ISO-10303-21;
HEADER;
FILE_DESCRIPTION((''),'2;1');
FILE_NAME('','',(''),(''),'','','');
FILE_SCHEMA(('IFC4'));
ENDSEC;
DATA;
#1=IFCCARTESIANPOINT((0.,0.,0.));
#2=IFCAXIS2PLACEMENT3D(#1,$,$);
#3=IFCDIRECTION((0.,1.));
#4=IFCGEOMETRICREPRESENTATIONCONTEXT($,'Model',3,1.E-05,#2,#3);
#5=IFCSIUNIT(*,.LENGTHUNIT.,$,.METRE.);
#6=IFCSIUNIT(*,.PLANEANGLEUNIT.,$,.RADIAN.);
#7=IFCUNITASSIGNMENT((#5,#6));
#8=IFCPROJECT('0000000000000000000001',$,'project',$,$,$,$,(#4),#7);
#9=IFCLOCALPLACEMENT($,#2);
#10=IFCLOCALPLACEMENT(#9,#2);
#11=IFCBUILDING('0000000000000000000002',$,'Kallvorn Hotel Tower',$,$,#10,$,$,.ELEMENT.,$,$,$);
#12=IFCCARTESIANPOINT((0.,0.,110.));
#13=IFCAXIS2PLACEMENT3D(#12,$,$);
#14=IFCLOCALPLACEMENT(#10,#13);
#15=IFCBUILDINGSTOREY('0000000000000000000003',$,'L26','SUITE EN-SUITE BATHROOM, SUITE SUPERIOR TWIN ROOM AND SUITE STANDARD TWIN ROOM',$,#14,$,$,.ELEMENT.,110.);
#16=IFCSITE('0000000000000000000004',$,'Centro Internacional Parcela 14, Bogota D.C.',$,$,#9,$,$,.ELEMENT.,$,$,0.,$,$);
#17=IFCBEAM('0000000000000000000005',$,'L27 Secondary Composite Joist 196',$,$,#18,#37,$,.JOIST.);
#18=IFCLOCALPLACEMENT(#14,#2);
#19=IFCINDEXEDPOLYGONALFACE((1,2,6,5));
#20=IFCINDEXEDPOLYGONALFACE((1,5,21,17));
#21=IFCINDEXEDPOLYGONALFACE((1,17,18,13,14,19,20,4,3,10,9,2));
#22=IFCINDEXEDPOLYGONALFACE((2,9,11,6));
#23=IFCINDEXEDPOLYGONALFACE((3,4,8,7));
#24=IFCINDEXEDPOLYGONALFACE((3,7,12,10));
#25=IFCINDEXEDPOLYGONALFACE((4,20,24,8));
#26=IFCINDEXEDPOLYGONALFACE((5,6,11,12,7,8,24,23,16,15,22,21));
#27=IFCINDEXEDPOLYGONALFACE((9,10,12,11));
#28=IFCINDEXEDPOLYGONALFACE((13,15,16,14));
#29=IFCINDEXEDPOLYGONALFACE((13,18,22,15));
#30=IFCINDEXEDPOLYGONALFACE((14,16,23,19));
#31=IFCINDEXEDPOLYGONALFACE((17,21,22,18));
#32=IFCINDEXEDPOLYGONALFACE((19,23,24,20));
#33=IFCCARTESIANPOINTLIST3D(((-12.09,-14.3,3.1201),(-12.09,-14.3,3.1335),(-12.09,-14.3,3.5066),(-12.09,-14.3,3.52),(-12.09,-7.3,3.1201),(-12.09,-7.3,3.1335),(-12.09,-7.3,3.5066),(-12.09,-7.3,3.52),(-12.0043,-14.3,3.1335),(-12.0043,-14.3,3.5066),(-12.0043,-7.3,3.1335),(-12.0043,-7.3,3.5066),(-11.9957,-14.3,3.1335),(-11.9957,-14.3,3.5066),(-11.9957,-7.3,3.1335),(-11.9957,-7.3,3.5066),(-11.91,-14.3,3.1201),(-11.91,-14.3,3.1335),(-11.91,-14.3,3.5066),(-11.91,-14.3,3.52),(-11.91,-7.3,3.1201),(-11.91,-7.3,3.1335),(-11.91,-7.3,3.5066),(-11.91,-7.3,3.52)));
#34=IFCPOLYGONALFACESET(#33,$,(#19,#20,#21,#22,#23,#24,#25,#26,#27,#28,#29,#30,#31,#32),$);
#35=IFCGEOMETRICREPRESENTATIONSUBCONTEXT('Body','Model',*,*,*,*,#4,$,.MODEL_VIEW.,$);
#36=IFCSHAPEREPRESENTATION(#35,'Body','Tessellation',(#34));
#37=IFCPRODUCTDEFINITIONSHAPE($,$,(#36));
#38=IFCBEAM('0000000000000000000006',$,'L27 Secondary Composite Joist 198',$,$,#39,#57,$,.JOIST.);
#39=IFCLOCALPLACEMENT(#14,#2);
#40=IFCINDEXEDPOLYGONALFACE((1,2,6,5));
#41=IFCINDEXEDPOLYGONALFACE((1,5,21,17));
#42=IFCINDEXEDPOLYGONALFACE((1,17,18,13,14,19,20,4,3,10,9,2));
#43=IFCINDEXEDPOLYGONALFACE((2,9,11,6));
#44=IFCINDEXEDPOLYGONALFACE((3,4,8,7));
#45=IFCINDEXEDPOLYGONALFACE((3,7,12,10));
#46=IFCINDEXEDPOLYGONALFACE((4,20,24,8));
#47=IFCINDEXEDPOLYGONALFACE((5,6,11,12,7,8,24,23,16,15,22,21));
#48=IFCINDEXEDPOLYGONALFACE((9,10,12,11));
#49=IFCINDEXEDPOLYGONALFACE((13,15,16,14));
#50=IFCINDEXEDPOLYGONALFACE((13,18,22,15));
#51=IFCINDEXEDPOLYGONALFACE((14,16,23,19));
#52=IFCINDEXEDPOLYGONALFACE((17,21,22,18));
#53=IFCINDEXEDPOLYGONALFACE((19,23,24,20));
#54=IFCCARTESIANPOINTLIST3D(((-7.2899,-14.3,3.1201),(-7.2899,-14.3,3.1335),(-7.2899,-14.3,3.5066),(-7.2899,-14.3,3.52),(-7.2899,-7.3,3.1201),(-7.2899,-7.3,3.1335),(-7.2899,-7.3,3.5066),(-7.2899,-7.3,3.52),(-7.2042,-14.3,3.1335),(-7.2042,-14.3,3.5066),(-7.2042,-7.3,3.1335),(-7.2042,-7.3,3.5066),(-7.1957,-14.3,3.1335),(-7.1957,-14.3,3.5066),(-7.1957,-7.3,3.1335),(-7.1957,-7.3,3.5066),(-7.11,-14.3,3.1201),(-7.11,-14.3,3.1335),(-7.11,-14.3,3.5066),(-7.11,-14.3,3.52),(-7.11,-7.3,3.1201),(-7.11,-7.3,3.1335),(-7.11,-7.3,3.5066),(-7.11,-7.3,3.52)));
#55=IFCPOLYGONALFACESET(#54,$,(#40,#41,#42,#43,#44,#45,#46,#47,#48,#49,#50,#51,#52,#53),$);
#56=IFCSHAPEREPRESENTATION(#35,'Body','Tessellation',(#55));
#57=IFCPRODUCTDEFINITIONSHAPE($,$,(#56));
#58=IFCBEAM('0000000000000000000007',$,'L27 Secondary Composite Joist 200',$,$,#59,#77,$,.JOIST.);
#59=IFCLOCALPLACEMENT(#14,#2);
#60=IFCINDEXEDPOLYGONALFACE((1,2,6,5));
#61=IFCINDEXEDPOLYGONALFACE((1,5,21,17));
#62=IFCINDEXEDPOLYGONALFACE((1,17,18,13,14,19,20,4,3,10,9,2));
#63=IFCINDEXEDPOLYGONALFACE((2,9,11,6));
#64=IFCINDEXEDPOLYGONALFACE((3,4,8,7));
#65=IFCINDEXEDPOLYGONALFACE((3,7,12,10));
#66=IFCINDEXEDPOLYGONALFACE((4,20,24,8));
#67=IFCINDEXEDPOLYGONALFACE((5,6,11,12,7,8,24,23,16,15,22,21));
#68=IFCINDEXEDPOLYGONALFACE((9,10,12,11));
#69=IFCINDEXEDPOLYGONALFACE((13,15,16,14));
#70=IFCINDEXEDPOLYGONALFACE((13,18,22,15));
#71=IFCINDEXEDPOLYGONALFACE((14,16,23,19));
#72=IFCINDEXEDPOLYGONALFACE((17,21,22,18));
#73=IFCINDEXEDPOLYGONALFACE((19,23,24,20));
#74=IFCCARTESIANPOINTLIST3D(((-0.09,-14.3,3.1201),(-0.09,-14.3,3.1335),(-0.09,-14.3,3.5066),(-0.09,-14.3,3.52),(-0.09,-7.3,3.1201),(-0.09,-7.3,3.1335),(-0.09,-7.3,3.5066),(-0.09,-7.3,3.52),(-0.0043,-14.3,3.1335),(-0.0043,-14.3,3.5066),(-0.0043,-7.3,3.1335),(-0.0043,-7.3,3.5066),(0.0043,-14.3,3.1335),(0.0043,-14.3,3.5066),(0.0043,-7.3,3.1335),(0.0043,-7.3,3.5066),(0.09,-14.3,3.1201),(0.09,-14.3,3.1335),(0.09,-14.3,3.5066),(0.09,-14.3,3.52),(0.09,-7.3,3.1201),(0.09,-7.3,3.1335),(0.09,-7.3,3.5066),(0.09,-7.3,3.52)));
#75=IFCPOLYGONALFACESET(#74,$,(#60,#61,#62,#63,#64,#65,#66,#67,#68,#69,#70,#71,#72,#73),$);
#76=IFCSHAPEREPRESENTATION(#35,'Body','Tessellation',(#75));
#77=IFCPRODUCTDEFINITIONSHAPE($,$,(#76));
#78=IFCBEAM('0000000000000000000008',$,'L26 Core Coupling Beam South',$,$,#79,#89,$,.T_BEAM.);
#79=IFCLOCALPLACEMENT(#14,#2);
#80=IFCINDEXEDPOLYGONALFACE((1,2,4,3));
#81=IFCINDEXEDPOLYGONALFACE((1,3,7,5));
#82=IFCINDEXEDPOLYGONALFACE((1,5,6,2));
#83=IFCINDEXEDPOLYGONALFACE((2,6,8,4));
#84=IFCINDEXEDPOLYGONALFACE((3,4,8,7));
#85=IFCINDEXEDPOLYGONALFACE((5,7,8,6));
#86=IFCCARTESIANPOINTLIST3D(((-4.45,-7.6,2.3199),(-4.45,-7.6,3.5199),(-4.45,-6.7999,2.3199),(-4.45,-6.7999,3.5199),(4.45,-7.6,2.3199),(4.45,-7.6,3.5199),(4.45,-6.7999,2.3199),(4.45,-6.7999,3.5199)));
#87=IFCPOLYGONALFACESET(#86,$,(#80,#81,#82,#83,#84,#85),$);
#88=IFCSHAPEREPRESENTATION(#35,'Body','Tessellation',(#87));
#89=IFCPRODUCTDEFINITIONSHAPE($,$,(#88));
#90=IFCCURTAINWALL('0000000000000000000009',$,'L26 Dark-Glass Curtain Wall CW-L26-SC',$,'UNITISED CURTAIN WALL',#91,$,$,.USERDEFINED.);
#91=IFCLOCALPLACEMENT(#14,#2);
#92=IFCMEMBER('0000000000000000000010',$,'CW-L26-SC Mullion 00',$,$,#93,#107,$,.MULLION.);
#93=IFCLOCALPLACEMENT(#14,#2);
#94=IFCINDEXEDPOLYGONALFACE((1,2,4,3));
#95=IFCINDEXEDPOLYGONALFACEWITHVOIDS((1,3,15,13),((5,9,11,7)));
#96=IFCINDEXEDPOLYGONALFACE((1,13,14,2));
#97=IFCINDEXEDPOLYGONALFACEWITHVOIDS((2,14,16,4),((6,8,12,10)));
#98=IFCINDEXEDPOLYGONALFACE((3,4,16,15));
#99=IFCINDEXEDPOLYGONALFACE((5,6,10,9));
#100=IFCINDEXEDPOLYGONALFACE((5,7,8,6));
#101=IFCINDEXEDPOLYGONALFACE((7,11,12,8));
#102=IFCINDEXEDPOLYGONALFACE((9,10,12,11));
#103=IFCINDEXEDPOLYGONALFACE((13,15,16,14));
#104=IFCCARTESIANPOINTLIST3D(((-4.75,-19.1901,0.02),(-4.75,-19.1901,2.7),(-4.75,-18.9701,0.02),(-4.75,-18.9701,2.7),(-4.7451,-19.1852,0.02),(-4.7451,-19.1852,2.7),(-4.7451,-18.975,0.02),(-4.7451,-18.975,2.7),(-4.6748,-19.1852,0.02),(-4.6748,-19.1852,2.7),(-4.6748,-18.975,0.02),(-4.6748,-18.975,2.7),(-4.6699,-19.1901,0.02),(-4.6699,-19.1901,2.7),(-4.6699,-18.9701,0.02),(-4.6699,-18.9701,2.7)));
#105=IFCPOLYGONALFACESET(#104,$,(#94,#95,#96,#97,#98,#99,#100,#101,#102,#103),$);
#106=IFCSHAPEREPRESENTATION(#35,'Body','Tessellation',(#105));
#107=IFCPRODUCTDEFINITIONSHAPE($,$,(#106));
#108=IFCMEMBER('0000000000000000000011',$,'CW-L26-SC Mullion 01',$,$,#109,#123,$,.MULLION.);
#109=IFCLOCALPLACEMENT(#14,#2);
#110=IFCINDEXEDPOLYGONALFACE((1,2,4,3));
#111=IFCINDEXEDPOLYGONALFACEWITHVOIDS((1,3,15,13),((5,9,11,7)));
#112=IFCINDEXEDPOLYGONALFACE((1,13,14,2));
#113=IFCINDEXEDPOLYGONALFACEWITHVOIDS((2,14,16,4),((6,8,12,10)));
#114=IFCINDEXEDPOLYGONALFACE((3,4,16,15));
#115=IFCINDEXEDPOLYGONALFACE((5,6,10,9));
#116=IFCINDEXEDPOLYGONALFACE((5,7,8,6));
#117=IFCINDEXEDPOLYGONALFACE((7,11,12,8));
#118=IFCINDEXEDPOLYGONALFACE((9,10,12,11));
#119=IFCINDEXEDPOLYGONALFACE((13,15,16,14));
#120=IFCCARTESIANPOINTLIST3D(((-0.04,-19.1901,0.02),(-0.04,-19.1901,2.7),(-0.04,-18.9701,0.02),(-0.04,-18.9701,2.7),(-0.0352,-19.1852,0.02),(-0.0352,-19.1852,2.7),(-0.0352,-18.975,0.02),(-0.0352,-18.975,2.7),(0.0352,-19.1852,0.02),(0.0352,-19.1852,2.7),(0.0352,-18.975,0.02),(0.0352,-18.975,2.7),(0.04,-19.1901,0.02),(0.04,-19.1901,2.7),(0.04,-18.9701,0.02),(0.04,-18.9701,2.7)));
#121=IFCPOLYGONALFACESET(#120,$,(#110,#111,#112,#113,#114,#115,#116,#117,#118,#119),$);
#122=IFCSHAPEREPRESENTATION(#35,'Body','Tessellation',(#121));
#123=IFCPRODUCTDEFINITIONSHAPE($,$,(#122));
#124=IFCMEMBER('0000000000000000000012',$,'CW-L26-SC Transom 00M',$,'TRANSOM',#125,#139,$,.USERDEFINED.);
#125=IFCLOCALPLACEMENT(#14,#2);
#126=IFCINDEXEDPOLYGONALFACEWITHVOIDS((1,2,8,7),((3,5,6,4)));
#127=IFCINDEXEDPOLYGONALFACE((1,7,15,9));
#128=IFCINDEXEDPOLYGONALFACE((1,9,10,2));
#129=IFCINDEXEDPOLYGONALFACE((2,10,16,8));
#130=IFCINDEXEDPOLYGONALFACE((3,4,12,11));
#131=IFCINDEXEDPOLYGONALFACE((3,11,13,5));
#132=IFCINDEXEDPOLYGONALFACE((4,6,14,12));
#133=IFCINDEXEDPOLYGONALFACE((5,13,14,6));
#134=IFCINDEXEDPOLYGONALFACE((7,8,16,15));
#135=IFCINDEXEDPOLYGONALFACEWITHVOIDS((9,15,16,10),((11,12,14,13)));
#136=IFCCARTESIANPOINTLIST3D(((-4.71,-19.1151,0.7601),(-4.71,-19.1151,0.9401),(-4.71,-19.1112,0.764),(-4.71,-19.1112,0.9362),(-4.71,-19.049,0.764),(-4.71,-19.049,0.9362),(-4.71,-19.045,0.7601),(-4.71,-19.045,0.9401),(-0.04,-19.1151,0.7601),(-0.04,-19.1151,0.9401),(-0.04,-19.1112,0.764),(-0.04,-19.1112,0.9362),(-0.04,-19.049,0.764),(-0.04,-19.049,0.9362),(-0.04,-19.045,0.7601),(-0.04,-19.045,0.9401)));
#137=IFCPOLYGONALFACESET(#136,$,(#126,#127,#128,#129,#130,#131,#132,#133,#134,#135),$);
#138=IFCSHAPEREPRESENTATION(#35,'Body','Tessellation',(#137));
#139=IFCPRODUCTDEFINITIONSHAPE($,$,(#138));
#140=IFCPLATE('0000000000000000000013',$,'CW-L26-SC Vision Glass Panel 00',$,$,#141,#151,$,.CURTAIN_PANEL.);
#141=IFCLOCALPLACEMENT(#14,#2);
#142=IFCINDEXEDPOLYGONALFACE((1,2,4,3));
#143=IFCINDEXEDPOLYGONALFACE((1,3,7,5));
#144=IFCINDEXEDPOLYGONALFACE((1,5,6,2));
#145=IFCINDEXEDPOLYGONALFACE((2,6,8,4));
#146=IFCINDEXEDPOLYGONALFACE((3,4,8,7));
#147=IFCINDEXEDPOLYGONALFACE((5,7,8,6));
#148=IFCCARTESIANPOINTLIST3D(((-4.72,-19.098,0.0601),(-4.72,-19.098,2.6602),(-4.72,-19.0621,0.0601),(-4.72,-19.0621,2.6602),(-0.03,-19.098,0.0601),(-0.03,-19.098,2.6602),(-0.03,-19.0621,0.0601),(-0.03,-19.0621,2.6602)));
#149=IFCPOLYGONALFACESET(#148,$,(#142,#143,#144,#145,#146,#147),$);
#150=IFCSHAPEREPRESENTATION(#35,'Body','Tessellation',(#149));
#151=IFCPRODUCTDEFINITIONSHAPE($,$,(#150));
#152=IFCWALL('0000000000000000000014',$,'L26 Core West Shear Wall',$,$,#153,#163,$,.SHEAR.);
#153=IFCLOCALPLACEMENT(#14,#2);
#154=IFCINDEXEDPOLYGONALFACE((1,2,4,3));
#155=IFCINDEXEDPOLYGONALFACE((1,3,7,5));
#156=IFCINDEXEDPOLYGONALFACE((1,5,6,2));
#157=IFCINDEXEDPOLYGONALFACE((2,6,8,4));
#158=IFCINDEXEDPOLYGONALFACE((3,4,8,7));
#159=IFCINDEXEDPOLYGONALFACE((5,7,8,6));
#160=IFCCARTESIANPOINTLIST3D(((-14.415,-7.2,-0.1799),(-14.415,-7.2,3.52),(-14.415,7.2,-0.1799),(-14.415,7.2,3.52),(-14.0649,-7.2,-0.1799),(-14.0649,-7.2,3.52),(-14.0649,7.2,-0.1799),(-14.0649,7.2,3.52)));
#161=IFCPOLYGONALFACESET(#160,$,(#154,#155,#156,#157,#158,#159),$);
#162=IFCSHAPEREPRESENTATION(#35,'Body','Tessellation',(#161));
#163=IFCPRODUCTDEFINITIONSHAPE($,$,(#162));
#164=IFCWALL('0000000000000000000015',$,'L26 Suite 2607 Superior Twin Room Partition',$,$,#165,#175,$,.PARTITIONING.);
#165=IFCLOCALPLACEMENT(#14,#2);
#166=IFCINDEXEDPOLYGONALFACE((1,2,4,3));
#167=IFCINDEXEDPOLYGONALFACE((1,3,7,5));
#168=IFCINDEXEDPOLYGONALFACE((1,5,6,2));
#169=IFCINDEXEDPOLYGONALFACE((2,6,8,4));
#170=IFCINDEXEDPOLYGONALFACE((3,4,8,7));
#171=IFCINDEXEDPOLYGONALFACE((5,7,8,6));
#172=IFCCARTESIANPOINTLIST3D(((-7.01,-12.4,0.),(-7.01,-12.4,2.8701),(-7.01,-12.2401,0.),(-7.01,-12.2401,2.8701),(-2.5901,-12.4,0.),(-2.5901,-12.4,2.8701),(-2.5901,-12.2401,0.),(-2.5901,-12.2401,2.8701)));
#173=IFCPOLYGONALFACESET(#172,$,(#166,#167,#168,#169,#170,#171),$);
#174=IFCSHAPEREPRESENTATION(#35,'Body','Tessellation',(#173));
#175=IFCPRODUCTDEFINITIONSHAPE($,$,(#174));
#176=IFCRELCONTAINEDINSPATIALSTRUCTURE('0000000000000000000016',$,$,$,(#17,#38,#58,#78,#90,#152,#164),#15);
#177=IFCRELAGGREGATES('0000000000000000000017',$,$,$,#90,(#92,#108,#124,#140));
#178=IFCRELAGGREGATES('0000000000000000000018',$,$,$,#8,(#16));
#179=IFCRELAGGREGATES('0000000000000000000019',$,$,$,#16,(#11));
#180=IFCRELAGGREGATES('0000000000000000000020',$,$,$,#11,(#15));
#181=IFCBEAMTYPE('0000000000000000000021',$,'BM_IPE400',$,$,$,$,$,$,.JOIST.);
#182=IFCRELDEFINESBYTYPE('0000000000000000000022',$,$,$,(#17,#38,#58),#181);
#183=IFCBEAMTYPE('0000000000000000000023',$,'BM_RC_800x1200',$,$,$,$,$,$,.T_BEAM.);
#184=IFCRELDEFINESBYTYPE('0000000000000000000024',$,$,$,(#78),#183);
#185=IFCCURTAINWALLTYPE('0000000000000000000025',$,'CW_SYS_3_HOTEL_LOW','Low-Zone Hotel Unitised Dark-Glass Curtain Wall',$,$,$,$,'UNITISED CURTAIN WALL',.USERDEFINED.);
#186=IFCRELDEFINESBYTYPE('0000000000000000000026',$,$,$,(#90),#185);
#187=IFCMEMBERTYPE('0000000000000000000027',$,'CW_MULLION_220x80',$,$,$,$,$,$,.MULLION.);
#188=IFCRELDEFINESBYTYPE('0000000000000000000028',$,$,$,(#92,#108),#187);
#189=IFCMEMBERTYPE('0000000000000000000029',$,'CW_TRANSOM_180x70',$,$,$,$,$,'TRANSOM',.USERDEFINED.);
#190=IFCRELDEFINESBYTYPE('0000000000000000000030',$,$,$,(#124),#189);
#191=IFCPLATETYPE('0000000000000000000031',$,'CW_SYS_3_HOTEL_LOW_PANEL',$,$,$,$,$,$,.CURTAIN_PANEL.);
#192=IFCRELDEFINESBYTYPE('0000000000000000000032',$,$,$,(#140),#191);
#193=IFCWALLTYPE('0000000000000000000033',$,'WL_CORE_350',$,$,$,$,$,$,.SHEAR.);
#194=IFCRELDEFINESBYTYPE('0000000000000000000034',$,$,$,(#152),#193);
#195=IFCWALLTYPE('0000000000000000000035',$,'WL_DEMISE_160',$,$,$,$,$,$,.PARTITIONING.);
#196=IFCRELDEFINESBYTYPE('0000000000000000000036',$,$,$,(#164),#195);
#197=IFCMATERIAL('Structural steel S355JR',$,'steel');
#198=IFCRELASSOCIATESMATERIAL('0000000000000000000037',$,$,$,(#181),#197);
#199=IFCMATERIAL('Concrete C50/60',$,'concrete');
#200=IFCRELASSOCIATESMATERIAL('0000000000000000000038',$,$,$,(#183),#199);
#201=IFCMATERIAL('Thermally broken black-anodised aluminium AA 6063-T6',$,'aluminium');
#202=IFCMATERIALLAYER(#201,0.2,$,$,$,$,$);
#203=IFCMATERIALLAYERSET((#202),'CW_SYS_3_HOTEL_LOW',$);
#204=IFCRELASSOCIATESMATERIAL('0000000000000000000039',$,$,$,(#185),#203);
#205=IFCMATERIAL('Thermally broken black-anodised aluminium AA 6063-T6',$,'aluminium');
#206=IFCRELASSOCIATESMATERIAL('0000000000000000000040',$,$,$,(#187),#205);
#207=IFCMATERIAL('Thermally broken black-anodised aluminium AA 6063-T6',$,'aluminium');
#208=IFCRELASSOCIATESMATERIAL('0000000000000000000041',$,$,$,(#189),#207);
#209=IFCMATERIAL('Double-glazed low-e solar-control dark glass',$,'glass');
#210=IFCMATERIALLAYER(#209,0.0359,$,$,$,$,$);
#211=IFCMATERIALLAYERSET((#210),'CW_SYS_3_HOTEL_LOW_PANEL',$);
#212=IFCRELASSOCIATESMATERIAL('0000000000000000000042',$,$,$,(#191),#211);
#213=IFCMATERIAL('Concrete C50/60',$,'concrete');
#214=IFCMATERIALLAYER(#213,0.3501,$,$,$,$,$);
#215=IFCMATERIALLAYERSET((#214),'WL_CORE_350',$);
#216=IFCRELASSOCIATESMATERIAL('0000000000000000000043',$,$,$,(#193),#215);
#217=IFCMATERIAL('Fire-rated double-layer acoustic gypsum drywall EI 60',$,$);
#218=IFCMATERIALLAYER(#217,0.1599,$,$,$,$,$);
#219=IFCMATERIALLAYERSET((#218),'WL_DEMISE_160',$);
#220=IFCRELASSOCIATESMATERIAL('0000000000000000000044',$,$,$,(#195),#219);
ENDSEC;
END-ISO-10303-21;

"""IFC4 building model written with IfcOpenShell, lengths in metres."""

from ifc_helpers import new_model, si_unit, direction, frame, frame_2d, origin, origin_2d, place, context, subcontext, project, spatial, rectangle, hollow_rectangle, i_section, extrude, material, layer, layer_set, material_profile, profile_set, type_object, element, aggregate, save


model = new_model("IFC4")

# Units and contexts
model_context = context("Model", 3, precision=1e-05, world=origin(), true_north=direction((0.0, 1.0)))
body_context = subcontext(model_context, "Body", "Model", "MODEL_VIEW")
ifc_project = project(units=[si_unit("LENGTHUNIT", "METRE"), si_unit("PLANEANGLEUNIT", "RADIAN")], contexts=[model_context])

# Site, building, storey
site_placement = place(None, origin())
site = spatial("IfcSite", under=ifc_project, at=site_placement, Name="Centro Internacional Parcela 14, Bogota D.C.", CompositionType="ELEMENT", RefElevation=0.0)
building_placement = place(site_placement, origin())
building = spatial("IfcBuilding", under=site, at=building_placement, Name="Kallvorn Hotel Tower", CompositionType="ELEMENT")
storey_placement = place(building_placement, frame((0.0, 0.0, 110.0)))
storey = spatial("IfcBuildingStorey", under=building, at=storey_placement, Name="L26", Description="SUITE EN-SUITE BATHROOM, SUITE SUPERIOR TWIN ROOM AND SUITE STANDARD TWIN ROOM", CompositionType="ELEMENT", Elevation=110.0)

# Beams
ifc_material_1 = material(Name="Structural steel S355JR", Category="steel")
ifc_material_profile_1 = material_profile(ifc_material_1, i_section(OverallWidth=0.1799, OverallDepth=0.3999, WebThickness=0.0085, FlangeThickness=0.0134, at=origin_2d()), Name="IPE 400")
ifc_profile_set_1 = profile_set([ifc_material_profile_1], Name="Structural steel S355JR")
beam_type_1 = type_object("IfcBeamType", Name="BM_IPE400", PredefinedType="JOIST", material=ifc_profile_set_1)
for number, where, z_axis, x_axis, name in (
    (1, (-12.0, -14.3, 3.3201), (0.0, 1.0, 0.0), (-1.0, 0.0, 0.0), "L27 Secondary Composite Joist 196"),
    (2, (-7.2, -14.3, 3.3201), (0.0, 1.0, 0.0), (-1.0, 0.0, 0.0), "L27 Secondary Composite Joist 198"),
    (3, (0.0, -14.3, 3.3201), (0.0, 1.0, 0.0), (-1.0, 0.0, 0.0), "L27 Secondary Composite Joist 200"),
):
    element("IfcBeam", number, at=place(storey_placement, frame(where, z_axis=z_axis, x_axis=x_axis)), inside=storey, type_object=beam_type_1, Name=name, PredefinedType="JOIST", context=body_context, shape_type="SweptSolid", body=[
        extrude(i_section(OverallWidth=0.1799, OverallDepth=0.3999, WebThickness=0.0085, FlangeThickness=0.0134, at=origin_2d()), origin(), (0.0, 0.0, 1.0), 7.0),
    ])
ifc_material_2 = material(Name="Concrete C50/60", Category="concrete")
ifc_material_profile_2 = material_profile(ifc_material_2, rectangle(XDim=0.8, YDim=1.2, at=origin_2d()), Name="RC 800x1200")
ifc_profile_set_2 = profile_set([ifc_material_profile_2], Name="Concrete C50/60")
beam_type_2 = type_object("IfcBeamType", Name="BM_RC_800x1200", PredefinedType="T_BEAM", material=ifc_profile_set_2)
beam_1_placement = place(storey_placement, frame((-4.45, -7.2, 2.9199), z_axis=(1.0, 0.0, 0.0), x_axis=(0.0, 1.0, 0.0)))
element("IfcBeam", 4, at=beam_1_placement, inside=storey, type_object=beam_type_2, Name="L26 Core Coupling Beam South", PredefinedType="T_BEAM", context=body_context, shape_type="SweptSolid", body=[
    extrude(rectangle(XDim=0.8, YDim=1.2, at=origin_2d()), origin(), (0.0, 0.0, 1.0), 8.8999),
])

# Curtain wall, members, plate
ifc_material_3 = material(Name="Thermally broken black-anodised aluminium AA 6063-T6", Category="aluminium")
ifc_layer_1 = layer(ifc_material_3, 0.2)
ifc_layer_set_1 = layer_set([ifc_layer_1], Name="CW_SYS_3_HOTEL_LOW")
curtain_wall_type = type_object("IfcCurtainWallType", Name="CW_SYS_3_HOTEL_LOW", Description="Low-Zone Hotel Unitised Dark-Glass Curtain Wall", ElementType="UNITISED CURTAIN WALL", PredefinedType="USERDEFINED", material=ifc_layer_set_1)
curtain_wall_placement = place(storey_placement, origin())
curtain_wall = element("IfcCurtainWall", 5, at=curtain_wall_placement, inside=storey, type_object=curtain_wall_type, Name="L26 Dark-Glass Curtain Wall CW-L26-SC", ObjectType="UNITISED CURTAIN WALL", PredefinedType="USERDEFINED")
ifc_material_4 = material(Name="Thermally broken black-anodised aluminium AA 6063-T6", Category="aluminium")
ifc_material_profile_3 = material_profile(ifc_material_4, hollow_rectangle(XDim=0.0801, YDim=0.22, WallThickness=0.0049, at=origin_2d()), Name="MUL 220x80")
ifc_profile_set_3 = profile_set([ifc_material_profile_3], Name="Thermally broken black-anodised aluminium AA 6063-T6")
member_type_1 = type_object("IfcMemberType", Name="CW_MULLION_220x80", PredefinedType="MULLION", material=ifc_profile_set_3)
member_1_placement = place(storey_placement, frame((-4.71, -19.0801, 0.02), z_axis=(0.0, 0.0, 1.0), x_axis=(1.0, 0.0, 0.0)))
member_1 = element("IfcMember", 6, at=member_1_placement, type_object=member_type_1, Name="CW-L26-SC Mullion 00", PredefinedType="MULLION", context=body_context, shape_type="SweptSolid", body=[
    extrude(hollow_rectangle(XDim=0.0801, YDim=0.22, WallThickness=0.0049, at=origin_2d()), origin(), (0.0, 0.0, 1.0), 2.6799),
])
member_2_placement = place(storey_placement, frame((0.0, -19.0801, 0.02), z_axis=(0.0, 0.0, 1.0), x_axis=(1.0, 0.0, 0.0)))
member_2 = element("IfcMember", 7, at=member_2_placement, type_object=member_type_1, Name="CW-L26-SC Mullion 01", PredefinedType="MULLION", context=body_context, shape_type="SweptSolid", body=[
    extrude(hollow_rectangle(XDim=0.0801, YDim=0.22, WallThickness=0.0049, at=origin_2d()), origin(), (0.0, 0.0, 1.0), 2.6799),
])
ifc_material_5 = material(Name="Thermally broken black-anodised aluminium AA 6063-T6", Category="aluminium")
ifc_material_profile_4 = material_profile(ifc_material_5, hollow_rectangle(XDim=0.0701, YDim=0.1799, WallThickness=0.0039, at=origin_2d()), Name="TRN 180x70")
ifc_profile_set_4 = profile_set([ifc_material_profile_4], Name="Thermally broken black-anodised aluminium AA 6063-T6")
member_type_2 = type_object("IfcMemberType", Name="CW_TRANSOM_180x70", ElementType="TRANSOM", PredefinedType="USERDEFINED", material=ifc_profile_set_4)
member_3_placement = place(storey_placement, frame((-4.71, -19.0801, 0.8501), z_axis=(1.0, 0.0, 0.0), x_axis=(0.0, 1.0, 0.0)))
member_3 = element("IfcMember", 8, at=member_3_placement, type_object=member_type_2, Name="CW-L26-SC Transom 00M", ObjectType="TRANSOM", PredefinedType="USERDEFINED", context=body_context, shape_type="SweptSolid", body=[
    extrude(hollow_rectangle(XDim=0.0701, YDim=0.1799, WallThickness=0.0039, at=origin_2d()), origin(), (0.0, 0.0, 1.0), 4.6699),
])
ifc_material_6 = material(Name="Double-glazed low-e solar-control dark glass", Category="glass")
ifc_layer_2 = layer(ifc_material_6, 0.0359)
ifc_layer_set_2 = layer_set([ifc_layer_2], Name="CW_SYS_3_HOTEL_LOW_PANEL")
plate_type = type_object("IfcPlateType", Name="CW_SYS_3_HOTEL_LOW_PANEL", PredefinedType="CURTAIN_PANEL", material=ifc_layer_set_2)
plate_placement = place(storey_placement, frame((-2.375, -19.0801, 0.0601), z_axis=(0.0, 0.0, 1.0), x_axis=(1.0, 0.0, 0.0)))
plate = element("IfcPlate", 9, at=plate_placement, type_object=plate_type, Name="CW-L26-SC Vision Glass Panel 00", PredefinedType="CURTAIN_PANEL", context=body_context, shape_type="SweptSolid", body=[
    extrude(rectangle(XDim=4.6899, YDim=0.0359, at=origin_2d()), origin(), (0.0, 0.0, 1.0), 2.6001),
])
aggregate(curtain_wall, [member_1, member_2, member_3, plate])

# Walls
ifc_material_7 = material(Name="Concrete C50/60", Category="concrete")
ifc_layer_3 = layer(ifc_material_7, 0.3501)
ifc_layer_set_3 = layer_set([ifc_layer_3], Name="WL_CORE_350")
wall_type_1 = type_object("IfcWallType", Name="WL_CORE_350", PredefinedType="SHEAR", material=ifc_layer_set_3)
wall_1_placement = place(storey_placement, frame((-14.24, -7.2, -0.1799), z_axis=(0.0, 0.0, 1.0), x_axis=(0.0, 1.0, 0.0)))
element("IfcWall", 10, at=wall_1_placement, inside=storey, type_object=wall_type_1, Name="L26 Core West Shear Wall", PredefinedType="SHEAR", context=body_context, shape_type="SweptSolid", body=[
    extrude(rectangle(XDim=14.3999, YDim=0.3501, at=frame_2d((7.2, 0.0))), origin(), (0.0, 0.0, 1.0), 3.7),
])
ifc_material_8 = material(Name="Fire-rated double-layer acoustic gypsum drywall EI 60")
ifc_layer_4 = layer(ifc_material_8, 0.1599)
ifc_layer_set_4 = layer_set([ifc_layer_4], Name="WL_DEMISE_160")
wall_type_2 = type_object("IfcWallType", Name="WL_DEMISE_160", PredefinedType="PARTITIONING", material=ifc_layer_set_4)
wall_2_placement = place(storey_placement, frame((-7.01, -12.3201, 0.0), z_axis=(0.0, 0.0, 1.0), x_axis=(1.0, 0.0, 0.0)))
element("IfcWall", 11, at=wall_2_placement, inside=storey, type_object=wall_type_2, Name="L26 Suite 2607 Superior Twin Room Partition", PredefinedType="PARTITIONING", context=body_context, shape_type="SweptSolid", body=[
    extrude(rectangle(XDim=4.4199, YDim=0.1599, at=frame_2d((2.21, 0.0))), origin(), (0.0, 0.0, 1.0), 2.8701),
])

save(model, "model.ifc")
